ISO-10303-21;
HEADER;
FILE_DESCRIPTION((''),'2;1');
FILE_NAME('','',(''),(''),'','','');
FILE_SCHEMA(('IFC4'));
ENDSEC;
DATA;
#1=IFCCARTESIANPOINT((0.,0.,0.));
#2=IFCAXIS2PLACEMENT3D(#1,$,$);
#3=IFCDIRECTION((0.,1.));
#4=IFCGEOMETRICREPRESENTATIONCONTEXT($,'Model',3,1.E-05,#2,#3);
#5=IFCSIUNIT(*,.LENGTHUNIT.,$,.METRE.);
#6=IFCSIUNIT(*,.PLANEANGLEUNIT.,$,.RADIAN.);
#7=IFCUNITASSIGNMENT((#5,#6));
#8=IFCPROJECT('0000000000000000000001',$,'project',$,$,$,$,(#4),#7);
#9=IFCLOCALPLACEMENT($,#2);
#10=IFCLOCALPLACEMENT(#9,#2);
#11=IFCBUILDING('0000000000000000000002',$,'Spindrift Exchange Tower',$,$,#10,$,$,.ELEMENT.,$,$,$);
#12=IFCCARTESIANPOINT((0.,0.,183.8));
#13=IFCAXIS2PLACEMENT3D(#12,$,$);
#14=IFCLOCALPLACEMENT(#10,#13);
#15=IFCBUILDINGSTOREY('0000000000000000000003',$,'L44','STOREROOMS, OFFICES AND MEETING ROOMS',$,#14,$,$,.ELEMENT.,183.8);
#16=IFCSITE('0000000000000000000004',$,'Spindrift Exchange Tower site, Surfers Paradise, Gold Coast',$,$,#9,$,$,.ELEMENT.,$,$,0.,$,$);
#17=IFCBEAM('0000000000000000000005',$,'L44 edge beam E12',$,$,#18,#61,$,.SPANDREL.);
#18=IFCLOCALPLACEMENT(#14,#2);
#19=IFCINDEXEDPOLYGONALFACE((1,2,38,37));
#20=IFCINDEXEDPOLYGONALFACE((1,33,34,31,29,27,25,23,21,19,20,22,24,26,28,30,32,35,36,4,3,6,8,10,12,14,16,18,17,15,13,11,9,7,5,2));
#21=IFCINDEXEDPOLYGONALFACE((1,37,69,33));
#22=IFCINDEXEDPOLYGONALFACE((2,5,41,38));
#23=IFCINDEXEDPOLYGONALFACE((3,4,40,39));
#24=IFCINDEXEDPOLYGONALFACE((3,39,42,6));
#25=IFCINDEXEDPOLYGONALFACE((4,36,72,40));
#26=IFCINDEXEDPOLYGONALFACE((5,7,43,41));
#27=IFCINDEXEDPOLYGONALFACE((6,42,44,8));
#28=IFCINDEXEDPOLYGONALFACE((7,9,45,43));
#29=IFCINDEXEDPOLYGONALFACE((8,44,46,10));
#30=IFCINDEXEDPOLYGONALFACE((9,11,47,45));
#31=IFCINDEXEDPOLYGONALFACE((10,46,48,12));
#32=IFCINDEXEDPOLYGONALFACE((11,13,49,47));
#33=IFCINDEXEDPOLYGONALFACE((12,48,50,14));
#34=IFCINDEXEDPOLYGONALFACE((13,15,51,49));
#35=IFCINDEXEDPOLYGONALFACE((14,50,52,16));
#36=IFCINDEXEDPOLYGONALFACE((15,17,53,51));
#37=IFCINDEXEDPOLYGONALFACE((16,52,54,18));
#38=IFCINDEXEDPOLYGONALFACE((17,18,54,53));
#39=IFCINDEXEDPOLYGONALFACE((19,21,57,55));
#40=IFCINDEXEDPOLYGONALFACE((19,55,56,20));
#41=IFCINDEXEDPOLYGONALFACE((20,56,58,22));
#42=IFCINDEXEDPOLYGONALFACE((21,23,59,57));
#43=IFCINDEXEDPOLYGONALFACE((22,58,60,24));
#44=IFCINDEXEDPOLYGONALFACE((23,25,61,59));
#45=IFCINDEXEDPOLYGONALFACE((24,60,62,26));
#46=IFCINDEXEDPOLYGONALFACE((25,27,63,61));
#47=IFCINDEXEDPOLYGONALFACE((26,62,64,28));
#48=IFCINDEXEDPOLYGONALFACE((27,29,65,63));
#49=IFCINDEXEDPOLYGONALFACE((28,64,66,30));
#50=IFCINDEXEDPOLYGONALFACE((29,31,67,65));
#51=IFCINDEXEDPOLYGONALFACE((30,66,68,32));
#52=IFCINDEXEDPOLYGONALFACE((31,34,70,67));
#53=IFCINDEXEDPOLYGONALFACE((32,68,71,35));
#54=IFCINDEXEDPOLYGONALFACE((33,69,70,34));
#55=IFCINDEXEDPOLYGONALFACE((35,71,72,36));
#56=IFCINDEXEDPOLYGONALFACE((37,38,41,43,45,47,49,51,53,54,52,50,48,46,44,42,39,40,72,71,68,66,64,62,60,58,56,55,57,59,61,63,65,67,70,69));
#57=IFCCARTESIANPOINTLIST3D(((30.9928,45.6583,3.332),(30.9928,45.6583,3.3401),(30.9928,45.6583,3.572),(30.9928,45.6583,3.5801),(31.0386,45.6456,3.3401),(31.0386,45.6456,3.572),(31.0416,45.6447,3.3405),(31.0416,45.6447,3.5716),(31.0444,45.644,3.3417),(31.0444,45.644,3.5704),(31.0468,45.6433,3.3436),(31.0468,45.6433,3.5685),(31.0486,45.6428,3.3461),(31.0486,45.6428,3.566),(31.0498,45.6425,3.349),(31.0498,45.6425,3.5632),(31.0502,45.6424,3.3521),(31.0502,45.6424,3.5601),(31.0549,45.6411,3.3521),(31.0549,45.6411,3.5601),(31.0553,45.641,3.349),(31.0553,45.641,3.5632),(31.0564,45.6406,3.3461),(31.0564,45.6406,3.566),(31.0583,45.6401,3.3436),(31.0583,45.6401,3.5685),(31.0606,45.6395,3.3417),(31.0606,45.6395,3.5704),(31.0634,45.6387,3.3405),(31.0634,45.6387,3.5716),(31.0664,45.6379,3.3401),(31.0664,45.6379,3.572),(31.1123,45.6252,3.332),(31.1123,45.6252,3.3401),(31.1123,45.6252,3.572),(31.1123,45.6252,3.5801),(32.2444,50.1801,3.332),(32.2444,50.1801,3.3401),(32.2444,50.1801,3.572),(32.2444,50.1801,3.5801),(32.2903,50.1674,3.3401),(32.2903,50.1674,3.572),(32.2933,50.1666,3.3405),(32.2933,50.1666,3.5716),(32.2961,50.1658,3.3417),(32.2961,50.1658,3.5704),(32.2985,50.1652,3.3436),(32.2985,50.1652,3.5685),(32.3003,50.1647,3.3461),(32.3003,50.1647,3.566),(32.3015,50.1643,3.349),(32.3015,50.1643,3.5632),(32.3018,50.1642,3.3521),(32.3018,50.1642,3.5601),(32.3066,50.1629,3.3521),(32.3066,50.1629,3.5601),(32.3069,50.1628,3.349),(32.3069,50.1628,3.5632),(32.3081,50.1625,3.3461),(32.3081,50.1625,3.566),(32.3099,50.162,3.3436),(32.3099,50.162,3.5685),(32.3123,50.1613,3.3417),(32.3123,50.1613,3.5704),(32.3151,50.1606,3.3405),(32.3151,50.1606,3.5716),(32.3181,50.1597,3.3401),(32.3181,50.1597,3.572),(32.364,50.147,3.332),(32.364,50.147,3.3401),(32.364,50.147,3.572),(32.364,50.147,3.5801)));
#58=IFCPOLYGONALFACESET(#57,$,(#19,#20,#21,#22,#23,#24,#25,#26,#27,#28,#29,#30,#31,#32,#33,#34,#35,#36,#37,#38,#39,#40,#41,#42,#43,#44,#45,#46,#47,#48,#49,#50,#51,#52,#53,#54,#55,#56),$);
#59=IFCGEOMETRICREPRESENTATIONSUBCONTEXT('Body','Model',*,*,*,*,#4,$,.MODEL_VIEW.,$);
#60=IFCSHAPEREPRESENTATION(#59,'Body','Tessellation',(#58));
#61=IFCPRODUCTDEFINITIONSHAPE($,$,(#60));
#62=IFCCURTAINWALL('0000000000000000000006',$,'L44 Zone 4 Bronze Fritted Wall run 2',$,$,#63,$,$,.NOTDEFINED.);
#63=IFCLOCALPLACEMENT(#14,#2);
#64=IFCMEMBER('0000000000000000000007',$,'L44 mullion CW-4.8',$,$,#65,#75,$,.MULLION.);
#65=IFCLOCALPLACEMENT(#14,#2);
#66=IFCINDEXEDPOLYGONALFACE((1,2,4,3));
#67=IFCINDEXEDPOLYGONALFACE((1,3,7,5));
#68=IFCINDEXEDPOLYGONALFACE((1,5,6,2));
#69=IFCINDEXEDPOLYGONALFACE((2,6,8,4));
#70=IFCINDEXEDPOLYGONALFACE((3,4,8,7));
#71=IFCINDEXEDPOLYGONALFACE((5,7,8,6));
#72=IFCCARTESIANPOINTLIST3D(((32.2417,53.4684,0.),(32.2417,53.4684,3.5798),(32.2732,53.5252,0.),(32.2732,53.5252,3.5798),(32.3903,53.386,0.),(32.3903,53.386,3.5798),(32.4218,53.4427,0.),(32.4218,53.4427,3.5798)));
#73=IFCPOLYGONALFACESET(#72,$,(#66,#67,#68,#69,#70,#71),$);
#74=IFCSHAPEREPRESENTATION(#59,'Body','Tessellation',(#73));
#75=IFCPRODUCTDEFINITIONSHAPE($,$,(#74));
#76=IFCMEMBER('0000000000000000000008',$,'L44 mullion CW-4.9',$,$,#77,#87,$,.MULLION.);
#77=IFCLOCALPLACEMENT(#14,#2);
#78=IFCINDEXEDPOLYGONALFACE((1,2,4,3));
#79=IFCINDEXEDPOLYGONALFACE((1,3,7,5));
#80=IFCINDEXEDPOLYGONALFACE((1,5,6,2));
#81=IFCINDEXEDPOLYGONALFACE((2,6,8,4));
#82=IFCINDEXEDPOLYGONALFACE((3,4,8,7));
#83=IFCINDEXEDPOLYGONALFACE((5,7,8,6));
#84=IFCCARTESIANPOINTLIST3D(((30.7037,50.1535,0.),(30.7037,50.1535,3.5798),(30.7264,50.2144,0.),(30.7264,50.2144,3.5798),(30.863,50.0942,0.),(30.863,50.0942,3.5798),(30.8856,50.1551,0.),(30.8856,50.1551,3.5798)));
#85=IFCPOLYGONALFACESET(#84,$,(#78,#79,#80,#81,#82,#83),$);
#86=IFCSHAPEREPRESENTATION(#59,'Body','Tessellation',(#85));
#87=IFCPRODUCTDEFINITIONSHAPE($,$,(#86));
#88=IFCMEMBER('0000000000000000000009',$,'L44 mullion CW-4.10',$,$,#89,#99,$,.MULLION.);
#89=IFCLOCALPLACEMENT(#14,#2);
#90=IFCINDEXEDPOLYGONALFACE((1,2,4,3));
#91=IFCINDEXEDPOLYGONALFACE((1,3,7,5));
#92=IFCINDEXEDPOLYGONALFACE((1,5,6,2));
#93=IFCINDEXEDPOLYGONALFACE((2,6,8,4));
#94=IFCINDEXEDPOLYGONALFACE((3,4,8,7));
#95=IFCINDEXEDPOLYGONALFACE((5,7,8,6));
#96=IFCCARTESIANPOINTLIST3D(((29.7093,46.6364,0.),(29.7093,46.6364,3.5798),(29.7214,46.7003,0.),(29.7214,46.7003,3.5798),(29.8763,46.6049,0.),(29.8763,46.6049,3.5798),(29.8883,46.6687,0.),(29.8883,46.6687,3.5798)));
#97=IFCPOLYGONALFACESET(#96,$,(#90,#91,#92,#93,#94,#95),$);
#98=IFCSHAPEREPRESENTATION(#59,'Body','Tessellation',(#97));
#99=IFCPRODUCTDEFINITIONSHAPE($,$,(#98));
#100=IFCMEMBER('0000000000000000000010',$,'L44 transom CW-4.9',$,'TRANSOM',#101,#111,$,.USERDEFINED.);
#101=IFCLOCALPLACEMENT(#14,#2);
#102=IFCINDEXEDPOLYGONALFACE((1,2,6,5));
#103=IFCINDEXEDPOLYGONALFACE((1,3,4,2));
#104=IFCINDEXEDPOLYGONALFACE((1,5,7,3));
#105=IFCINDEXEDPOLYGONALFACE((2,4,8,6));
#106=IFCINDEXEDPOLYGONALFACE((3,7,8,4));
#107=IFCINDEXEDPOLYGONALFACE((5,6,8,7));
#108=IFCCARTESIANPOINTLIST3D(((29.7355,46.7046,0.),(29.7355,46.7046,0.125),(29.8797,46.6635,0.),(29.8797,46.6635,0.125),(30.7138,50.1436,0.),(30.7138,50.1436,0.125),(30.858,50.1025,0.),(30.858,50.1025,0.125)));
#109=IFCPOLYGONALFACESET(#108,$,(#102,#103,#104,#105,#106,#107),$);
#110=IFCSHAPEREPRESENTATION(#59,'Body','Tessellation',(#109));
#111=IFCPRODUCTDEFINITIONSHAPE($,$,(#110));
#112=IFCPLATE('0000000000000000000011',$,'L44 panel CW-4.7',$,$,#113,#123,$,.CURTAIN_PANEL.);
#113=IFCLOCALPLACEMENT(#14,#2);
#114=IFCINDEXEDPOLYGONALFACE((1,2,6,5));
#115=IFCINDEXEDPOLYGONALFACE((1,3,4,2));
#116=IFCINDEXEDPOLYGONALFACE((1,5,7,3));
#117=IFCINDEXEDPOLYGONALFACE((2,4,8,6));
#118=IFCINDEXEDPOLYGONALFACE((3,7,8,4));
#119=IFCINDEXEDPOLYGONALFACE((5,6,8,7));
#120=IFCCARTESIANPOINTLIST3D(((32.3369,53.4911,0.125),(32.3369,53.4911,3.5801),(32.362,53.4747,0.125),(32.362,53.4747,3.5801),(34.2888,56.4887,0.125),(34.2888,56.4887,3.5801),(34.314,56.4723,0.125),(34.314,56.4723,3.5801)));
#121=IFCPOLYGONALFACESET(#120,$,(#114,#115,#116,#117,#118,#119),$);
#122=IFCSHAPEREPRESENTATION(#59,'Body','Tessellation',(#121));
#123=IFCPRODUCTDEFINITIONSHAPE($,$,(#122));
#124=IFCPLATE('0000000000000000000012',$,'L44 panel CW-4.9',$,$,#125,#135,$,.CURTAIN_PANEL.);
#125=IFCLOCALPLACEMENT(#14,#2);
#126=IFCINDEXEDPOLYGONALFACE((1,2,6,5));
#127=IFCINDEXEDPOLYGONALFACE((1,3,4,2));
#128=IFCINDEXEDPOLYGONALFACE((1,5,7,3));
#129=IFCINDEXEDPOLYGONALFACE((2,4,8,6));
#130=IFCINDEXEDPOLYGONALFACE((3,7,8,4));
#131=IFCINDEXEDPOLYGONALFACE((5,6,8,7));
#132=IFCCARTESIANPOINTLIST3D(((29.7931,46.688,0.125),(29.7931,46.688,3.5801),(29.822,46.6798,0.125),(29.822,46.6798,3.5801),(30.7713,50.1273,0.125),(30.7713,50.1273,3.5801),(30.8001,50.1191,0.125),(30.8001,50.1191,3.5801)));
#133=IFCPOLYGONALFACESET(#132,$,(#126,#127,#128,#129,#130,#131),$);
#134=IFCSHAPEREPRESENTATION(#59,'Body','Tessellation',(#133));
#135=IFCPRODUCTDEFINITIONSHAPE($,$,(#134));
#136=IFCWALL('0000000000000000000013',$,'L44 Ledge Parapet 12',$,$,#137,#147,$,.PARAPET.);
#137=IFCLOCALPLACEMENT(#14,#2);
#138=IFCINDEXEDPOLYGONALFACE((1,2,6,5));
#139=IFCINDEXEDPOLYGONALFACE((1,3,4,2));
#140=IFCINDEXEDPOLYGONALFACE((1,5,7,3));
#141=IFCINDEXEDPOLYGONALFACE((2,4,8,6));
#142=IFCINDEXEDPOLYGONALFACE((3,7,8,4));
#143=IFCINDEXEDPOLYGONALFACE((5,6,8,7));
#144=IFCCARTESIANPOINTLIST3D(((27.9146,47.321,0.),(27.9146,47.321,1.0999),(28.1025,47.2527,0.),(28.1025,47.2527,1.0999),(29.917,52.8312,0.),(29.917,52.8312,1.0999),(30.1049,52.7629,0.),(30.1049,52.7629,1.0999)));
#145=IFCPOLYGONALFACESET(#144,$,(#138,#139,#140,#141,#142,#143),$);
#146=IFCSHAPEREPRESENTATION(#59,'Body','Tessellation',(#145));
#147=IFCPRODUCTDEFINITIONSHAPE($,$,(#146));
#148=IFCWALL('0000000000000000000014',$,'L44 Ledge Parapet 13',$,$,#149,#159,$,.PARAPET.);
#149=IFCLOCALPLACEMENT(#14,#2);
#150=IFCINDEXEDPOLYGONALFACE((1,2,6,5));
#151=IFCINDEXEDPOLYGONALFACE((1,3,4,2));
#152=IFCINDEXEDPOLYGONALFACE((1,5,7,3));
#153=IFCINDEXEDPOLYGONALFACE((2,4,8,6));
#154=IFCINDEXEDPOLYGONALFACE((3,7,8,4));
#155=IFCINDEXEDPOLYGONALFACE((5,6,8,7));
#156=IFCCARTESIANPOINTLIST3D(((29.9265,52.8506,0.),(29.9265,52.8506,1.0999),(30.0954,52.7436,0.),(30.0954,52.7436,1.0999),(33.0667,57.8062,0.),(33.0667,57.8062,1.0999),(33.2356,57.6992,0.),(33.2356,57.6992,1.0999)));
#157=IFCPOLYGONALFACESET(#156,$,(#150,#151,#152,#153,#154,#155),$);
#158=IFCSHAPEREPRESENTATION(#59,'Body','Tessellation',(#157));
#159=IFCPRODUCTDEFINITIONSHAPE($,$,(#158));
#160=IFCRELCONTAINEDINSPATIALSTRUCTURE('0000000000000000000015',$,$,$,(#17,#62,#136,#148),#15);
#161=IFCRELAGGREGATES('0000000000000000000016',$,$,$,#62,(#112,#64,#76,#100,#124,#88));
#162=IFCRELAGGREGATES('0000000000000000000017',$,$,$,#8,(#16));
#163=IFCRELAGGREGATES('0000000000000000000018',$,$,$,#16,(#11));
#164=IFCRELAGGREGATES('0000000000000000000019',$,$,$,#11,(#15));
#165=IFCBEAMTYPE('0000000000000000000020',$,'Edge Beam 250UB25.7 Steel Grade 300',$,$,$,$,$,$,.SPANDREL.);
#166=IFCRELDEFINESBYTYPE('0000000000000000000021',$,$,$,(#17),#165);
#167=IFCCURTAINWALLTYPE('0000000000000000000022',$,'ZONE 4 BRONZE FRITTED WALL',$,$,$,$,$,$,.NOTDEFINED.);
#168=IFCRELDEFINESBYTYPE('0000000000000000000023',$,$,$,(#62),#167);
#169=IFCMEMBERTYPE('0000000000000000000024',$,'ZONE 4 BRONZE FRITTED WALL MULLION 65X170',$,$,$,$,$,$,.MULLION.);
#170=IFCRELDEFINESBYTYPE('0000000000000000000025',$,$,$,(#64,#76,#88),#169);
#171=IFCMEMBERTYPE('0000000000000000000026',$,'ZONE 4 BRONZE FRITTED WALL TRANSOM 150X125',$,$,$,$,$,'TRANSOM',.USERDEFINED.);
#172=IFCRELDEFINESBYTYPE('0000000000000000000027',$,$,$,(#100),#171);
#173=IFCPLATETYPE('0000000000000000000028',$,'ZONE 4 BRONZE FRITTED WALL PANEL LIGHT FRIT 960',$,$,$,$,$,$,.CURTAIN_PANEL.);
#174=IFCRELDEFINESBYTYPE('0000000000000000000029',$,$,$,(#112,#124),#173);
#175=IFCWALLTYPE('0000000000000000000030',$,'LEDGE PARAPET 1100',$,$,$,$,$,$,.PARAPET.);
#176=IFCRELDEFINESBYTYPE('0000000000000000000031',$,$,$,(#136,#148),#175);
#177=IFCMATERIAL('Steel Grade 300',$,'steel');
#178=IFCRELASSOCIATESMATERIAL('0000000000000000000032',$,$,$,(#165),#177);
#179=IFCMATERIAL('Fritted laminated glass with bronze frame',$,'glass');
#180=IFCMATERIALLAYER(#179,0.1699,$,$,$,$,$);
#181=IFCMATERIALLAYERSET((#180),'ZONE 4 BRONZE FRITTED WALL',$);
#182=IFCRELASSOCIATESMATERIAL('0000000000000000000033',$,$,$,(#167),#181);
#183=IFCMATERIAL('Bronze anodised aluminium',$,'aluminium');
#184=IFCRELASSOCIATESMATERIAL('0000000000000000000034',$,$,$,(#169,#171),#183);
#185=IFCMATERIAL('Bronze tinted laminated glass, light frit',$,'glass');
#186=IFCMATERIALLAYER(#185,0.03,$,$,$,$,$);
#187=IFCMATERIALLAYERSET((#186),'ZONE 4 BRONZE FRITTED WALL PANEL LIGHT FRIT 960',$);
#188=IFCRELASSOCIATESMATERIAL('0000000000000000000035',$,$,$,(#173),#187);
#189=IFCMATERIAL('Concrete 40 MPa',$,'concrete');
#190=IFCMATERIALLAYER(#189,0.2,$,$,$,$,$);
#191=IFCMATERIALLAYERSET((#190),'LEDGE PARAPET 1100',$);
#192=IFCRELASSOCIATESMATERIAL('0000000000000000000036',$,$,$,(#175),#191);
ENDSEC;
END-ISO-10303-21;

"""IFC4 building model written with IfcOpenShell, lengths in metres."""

from ifc_helpers import new_model, si_unit, direction, frame, frame_2d, origin, origin_2d, place, context, subcontext, project, spatial, rectangle, i_section, extrude, source, transform, mapped, material, layer, layer_set, material_profile, profile_set, type_object, element, aggregate, save


model = new_model("IFC4")

# Units and contexts
model_context = context("Model", 3, precision=1e-05, world=origin(), true_north=direction((0.0, 1.0)))
body_context = subcontext(model_context, "Body", "Model", "MODEL_VIEW")
ifc_project = project(units=[si_unit("LENGTHUNIT", "METRE"), si_unit("PLANEANGLEUNIT", "RADIAN")], contexts=[model_context])

# Site, building, storey
site_placement = place(None, origin())
site = spatial("IfcSite", under=ifc_project, at=site_placement, Name="Spindrift Exchange Tower site, Surfers Paradise, Gold Coast", CompositionType="ELEMENT", RefElevation=0.0)
building_placement = place(site_placement, origin())
building = spatial("IfcBuilding", under=site, at=building_placement, Name="Spindrift Exchange Tower", CompositionType="ELEMENT")
storey_placement = place(building_placement, frame((0.0, 0.0, 183.8)))
storey = spatial("IfcBuildingStorey", under=building, at=storey_placement, Name="L44", Description="STOREROOMS, OFFICES AND MEETING ROOMS", CompositionType="ELEMENT", Elevation=183.8)

# Beam
ifc_material_1 = material(Name="Steel Grade 300", Category="steel")
ifc_material_profile_1 = material_profile(ifc_material_1, i_section(OverallWidth=0.124, OverallDepth=0.248, WebThickness=0.0049, FlangeThickness=0.0081, FilletRadius=0.012, at=origin_2d()), Name="250UB25.7")
ifc_profile_set_1 = profile_set([ifc_material_profile_1], Name="Steel Grade 300")
beam_type_1 = type_object("IfcBeamType", Name="Edge Beam 250UB25.7 Steel Grade 300", PredefinedType="SPANDREL", material=ifc_profile_set_1)
shared_shape_1 = source(origin(), body_context, "Body", "SweptSolid", [
    extrude(i_section(OverallWidth=0.124, OverallDepth=0.248, WebThickness=0.0049, FlangeThickness=0.0081, FilletRadius=0.012, at=origin_2d()), origin(), (0.0, 0.0, 1.0), 4.6919),
])
beam_1_placement = place(storey_placement, frame((32.3042, 50.1636, 3.4561), z_axis=(-0.266774, -0.963759, 0.0), x_axis=(0.963759, -0.266774, 0.0)))
element("IfcBeam", 1, at=beam_1_placement, inside=storey, type_object=beam_type_1, Name="L44 edge beam E12", PredefinedType="SPANDREL", context=body_context, shape_type="MappedRepresentation", body=[
    mapped(shared_shape_1, transform((0.0, 0.0, 0.0), scale=1.0)),
])

# Curtain wall, members, plates
ifc_material_2 = material(Name="Fritted laminated glass with bronze frame", Category="glass")
ifc_layer_1 = layer(ifc_material_2, 0.1699)
ifc_layer_set_1 = layer_set([ifc_layer_1], Name="ZONE 4 BRONZE FRITTED WALL")
curtain_wall_type = type_object("IfcCurtainWallType", Name="ZONE 4 BRONZE FRITTED WALL", PredefinedType="NOTDEFINED", material=ifc_layer_set_1)
curtain_wall_placement = place(storey_placement, origin())
curtain_wall = element("IfcCurtainWall", 2, at=curtain_wall_placement, inside=storey, type_object=curtain_wall_type, Name="L44 Zone 4 Bronze Fritted Wall run 2", PredefinedType="NOTDEFINED")
ifc_material_3 = material(Name="Bronze anodised aluminium", Category="aluminium")
ifc_material_profile_2 = material_profile(ifc_material_3, rectangle(XDim=0.0649, YDim=0.1699, at=origin_2d()), Name="ZONE 4 BRONZE FRITTED WALL MULLION 65X170")
ifc_profile_set_2 = profile_set([ifc_material_profile_2], Name="Bronze anodised aluminium")
member_type_1 = type_object("IfcMemberType", Name="ZONE 4 BRONZE FRITTED WALL MULLION 65X170", PredefinedType="MULLION", material=ifc_profile_set_2)
shared_shape_2 = source(origin(), body_context, "Body", "SweptSolid", [
    extrude(rectangle(XDim=0.0649, YDim=0.1699, at=origin_2d()), origin(), (0.0, 0.0, 1.0), 3.5798),
])
member_1_placement = place(storey_placement, frame((32.3318, 53.4556, 0.0), z_axis=(0.0, 0.0, 1.0), x_axis=(-0.4851, -0.874459, 0.0)))
member_1 = element("IfcMember", 3, at=member_1_placement, type_object=member_type_1, Name="L44 mullion CW-4.8", PredefinedType="MULLION", context=body_context, shape_type="MappedRepresentation", body=[
    mapped(shared_shape_2, transform((0.0, 0.0, 0.0), scale=1.0)),
])
member_2_placement = place(storey_placement, frame((30.7947, 50.1543, 0.0), z_axis=(0.0, 0.0, 1.0), x_axis=(-0.348928, -0.937149, 0.0)))
member_2 = element("IfcMember", 4, at=member_2_placement, type_object=member_type_1, Name="L44 mullion CW-4.9", PredefinedType="MULLION", context=body_context, shape_type="MappedRepresentation", body=[
    mapped(shared_shape_2, transform((0.0, 0.0, 0.0), scale=1.0)),
])
member_3_placement = place(storey_placement, frame((29.7988, 46.6526, 0.0), z_axis=(0.0, 0.0, 1.0), x_axis=(-0.185448, -0.982654, 0.0)))
member_3 = element("IfcMember", 5, at=member_3_placement, type_object=member_type_1, Name="L44 mullion CW-4.10", PredefinedType="MULLION", context=body_context, shape_type="MappedRepresentation", body=[
    mapped(shared_shape_2, transform((0.0, 0.0, 0.0), scale=1.0)),
])
ifc_material_profile_3 = material_profile(ifc_material_3, rectangle(XDim=0.1499, YDim=0.125, at=origin_2d()), Name="ZONE 4 BRONZE FRITTED WALL TRANSOM 150X125")
ifc_profile_set_3 = profile_set([ifc_material_profile_3], Name="Bronze anodised aluminium")
member_type_2 = type_object("IfcMemberType", Name="ZONE 4 BRONZE FRITTED WALL TRANSOM 150X125", ElementType="TRANSOM", PredefinedType="USERDEFINED", material=ifc_profile_set_3)
shared_shape_3 = source(origin(), body_context, "Body", "SweptSolid", [
    extrude(rectangle(XDim=0.1499, YDim=0.125, at=origin_2d()), origin(), (0.0, 0.0, 1.0), 3.5754),
])
member_4_placement = place(storey_placement, frame((30.7859, 50.123, 0.0625), z_axis=(-0.273612, -0.96184, 0.0), x_axis=(0.96184, -0.273612, 0.0)))
member_4 = element("IfcMember", 6, at=member_4_placement, type_object=member_type_2, Name="L44 transom CW-4.9", ObjectType="TRANSOM", PredefinedType="USERDEFINED", context=body_context, shape_type="MappedRepresentation", body=[
    mapped(shared_shape_3, transform((0.0, 0.0, 0.0), scale=1.0)),
])
ifc_material_4 = material(Name="Bronze tinted laminated glass, light frit", Category="glass")
ifc_layer_2 = layer(ifc_material_4, 0.03)
ifc_layer_set_2 = layer_set([ifc_layer_2], Name="ZONE 4 BRONZE FRITTED WALL PANEL LIGHT FRIT 960")
plate_type = type_object("IfcPlateType", Name="ZONE 4 BRONZE FRITTED WALL PANEL LIGHT FRIT 960", PredefinedType="CURTAIN_PANEL", material=ifc_layer_set_2)
shared_shape_4 = source(origin(), body_context, "Body", "SweptSolid", [
    extrude(rectangle(XDim=3.5771, YDim=0.03, at=origin_2d()), origin(), (0.0, 0.0, 1.0), 3.4551),
])
plate_1_placement = place(storey_placement, frame((33.3254, 54.9817, 0.125), z_axis=(0.0, 0.0, 1.0), x_axis=(-0.545671, -0.838, 0.0)))
plate_1 = element("IfcPlate", 7, at=plate_1_placement, type_object=plate_type, Name="L44 panel CW-4.7", PredefinedType="CURTAIN_PANEL", context=body_context, shape_type="MappedRepresentation", body=[
    mapped(shared_shape_4, transform((0.0, 0.0, 0.0), scale=1.0)),
])
shared_shape_5 = source(origin(), body_context, "Body", "SweptSolid", [
    extrude(rectangle(XDim=3.5757, YDim=0.03, at=origin_2d()), origin(), (0.0, 0.0, 1.0), 3.4551),
])
plate_2_placement = place(storey_placement, frame((30.2966, 48.4036, 0.125), z_axis=(0.0, 0.0, 1.0), x_axis=(-0.273556, -0.961856, 0.0)))
plate_2 = element("IfcPlate", 8, at=plate_2_placement, type_object=plate_type, Name="L44 panel CW-4.9", PredefinedType="CURTAIN_PANEL", context=body_context, shape_type="MappedRepresentation", body=[
    mapped(shared_shape_5, transform((0.0, 0.0, 0.0), scale=1.0)),
])
aggregate(curtain_wall, [plate_1, member_1, member_2, member_4, plate_2, member_3])

# Walls
ifc_material_5 = material(Name="Concrete 40 MPa", Category="concrete")
ifc_layer_3 = layer(ifc_material_5, 0.2)
ifc_layer_set_3 = layer_set([ifc_layer_3], Name="LEDGE PARAPET 1100")
wall_type_1 = type_object("IfcWallType", Name="LEDGE PARAPET 1100", PredefinedType="PARAPET", material=ifc_layer_set_3)
wall_1_placement = place(storey_placement, frame((28.0085, 47.2869, 0.0), z_axis=(0.0, 0.0, 1.0), x_axis=(0.341549, 0.939864, 0.0)))
element("IfcWall", 9, at=wall_1_placement, inside=storey, type_object=wall_type_1, Name="L44 Ledge Parapet 12", PredefinedType="PARAPET", context=body_context, shape_type="SweptSolid", body=[
    extrude(rectangle(XDim=5.8628, YDim=0.2, at=frame_2d((2.9314, 0.0))), origin(), (0.0, 0.0, 1.0), 1.0999),
])
wall_2_placement = place(storey_placement, frame((30.011, 52.7971, 0.0), z_axis=(0.0, 0.0, 1.0), x_axis=(0.535248, 0.844695, 0.0)))
element("IfcWall", 10, at=wall_2_placement, inside=storey, type_object=wall_type_1, Name="L44 Ledge Parapet 13", PredefinedType="PARAPET", context=body_context, shape_type="SweptSolid", body=[
    extrude(rectangle(XDim=5.8667, YDim=0.2, at=frame_2d((2.9333, 0.0))), origin(), (0.0, 0.0, 1.0), 1.0999),
])

save(model, "model.ifc")
